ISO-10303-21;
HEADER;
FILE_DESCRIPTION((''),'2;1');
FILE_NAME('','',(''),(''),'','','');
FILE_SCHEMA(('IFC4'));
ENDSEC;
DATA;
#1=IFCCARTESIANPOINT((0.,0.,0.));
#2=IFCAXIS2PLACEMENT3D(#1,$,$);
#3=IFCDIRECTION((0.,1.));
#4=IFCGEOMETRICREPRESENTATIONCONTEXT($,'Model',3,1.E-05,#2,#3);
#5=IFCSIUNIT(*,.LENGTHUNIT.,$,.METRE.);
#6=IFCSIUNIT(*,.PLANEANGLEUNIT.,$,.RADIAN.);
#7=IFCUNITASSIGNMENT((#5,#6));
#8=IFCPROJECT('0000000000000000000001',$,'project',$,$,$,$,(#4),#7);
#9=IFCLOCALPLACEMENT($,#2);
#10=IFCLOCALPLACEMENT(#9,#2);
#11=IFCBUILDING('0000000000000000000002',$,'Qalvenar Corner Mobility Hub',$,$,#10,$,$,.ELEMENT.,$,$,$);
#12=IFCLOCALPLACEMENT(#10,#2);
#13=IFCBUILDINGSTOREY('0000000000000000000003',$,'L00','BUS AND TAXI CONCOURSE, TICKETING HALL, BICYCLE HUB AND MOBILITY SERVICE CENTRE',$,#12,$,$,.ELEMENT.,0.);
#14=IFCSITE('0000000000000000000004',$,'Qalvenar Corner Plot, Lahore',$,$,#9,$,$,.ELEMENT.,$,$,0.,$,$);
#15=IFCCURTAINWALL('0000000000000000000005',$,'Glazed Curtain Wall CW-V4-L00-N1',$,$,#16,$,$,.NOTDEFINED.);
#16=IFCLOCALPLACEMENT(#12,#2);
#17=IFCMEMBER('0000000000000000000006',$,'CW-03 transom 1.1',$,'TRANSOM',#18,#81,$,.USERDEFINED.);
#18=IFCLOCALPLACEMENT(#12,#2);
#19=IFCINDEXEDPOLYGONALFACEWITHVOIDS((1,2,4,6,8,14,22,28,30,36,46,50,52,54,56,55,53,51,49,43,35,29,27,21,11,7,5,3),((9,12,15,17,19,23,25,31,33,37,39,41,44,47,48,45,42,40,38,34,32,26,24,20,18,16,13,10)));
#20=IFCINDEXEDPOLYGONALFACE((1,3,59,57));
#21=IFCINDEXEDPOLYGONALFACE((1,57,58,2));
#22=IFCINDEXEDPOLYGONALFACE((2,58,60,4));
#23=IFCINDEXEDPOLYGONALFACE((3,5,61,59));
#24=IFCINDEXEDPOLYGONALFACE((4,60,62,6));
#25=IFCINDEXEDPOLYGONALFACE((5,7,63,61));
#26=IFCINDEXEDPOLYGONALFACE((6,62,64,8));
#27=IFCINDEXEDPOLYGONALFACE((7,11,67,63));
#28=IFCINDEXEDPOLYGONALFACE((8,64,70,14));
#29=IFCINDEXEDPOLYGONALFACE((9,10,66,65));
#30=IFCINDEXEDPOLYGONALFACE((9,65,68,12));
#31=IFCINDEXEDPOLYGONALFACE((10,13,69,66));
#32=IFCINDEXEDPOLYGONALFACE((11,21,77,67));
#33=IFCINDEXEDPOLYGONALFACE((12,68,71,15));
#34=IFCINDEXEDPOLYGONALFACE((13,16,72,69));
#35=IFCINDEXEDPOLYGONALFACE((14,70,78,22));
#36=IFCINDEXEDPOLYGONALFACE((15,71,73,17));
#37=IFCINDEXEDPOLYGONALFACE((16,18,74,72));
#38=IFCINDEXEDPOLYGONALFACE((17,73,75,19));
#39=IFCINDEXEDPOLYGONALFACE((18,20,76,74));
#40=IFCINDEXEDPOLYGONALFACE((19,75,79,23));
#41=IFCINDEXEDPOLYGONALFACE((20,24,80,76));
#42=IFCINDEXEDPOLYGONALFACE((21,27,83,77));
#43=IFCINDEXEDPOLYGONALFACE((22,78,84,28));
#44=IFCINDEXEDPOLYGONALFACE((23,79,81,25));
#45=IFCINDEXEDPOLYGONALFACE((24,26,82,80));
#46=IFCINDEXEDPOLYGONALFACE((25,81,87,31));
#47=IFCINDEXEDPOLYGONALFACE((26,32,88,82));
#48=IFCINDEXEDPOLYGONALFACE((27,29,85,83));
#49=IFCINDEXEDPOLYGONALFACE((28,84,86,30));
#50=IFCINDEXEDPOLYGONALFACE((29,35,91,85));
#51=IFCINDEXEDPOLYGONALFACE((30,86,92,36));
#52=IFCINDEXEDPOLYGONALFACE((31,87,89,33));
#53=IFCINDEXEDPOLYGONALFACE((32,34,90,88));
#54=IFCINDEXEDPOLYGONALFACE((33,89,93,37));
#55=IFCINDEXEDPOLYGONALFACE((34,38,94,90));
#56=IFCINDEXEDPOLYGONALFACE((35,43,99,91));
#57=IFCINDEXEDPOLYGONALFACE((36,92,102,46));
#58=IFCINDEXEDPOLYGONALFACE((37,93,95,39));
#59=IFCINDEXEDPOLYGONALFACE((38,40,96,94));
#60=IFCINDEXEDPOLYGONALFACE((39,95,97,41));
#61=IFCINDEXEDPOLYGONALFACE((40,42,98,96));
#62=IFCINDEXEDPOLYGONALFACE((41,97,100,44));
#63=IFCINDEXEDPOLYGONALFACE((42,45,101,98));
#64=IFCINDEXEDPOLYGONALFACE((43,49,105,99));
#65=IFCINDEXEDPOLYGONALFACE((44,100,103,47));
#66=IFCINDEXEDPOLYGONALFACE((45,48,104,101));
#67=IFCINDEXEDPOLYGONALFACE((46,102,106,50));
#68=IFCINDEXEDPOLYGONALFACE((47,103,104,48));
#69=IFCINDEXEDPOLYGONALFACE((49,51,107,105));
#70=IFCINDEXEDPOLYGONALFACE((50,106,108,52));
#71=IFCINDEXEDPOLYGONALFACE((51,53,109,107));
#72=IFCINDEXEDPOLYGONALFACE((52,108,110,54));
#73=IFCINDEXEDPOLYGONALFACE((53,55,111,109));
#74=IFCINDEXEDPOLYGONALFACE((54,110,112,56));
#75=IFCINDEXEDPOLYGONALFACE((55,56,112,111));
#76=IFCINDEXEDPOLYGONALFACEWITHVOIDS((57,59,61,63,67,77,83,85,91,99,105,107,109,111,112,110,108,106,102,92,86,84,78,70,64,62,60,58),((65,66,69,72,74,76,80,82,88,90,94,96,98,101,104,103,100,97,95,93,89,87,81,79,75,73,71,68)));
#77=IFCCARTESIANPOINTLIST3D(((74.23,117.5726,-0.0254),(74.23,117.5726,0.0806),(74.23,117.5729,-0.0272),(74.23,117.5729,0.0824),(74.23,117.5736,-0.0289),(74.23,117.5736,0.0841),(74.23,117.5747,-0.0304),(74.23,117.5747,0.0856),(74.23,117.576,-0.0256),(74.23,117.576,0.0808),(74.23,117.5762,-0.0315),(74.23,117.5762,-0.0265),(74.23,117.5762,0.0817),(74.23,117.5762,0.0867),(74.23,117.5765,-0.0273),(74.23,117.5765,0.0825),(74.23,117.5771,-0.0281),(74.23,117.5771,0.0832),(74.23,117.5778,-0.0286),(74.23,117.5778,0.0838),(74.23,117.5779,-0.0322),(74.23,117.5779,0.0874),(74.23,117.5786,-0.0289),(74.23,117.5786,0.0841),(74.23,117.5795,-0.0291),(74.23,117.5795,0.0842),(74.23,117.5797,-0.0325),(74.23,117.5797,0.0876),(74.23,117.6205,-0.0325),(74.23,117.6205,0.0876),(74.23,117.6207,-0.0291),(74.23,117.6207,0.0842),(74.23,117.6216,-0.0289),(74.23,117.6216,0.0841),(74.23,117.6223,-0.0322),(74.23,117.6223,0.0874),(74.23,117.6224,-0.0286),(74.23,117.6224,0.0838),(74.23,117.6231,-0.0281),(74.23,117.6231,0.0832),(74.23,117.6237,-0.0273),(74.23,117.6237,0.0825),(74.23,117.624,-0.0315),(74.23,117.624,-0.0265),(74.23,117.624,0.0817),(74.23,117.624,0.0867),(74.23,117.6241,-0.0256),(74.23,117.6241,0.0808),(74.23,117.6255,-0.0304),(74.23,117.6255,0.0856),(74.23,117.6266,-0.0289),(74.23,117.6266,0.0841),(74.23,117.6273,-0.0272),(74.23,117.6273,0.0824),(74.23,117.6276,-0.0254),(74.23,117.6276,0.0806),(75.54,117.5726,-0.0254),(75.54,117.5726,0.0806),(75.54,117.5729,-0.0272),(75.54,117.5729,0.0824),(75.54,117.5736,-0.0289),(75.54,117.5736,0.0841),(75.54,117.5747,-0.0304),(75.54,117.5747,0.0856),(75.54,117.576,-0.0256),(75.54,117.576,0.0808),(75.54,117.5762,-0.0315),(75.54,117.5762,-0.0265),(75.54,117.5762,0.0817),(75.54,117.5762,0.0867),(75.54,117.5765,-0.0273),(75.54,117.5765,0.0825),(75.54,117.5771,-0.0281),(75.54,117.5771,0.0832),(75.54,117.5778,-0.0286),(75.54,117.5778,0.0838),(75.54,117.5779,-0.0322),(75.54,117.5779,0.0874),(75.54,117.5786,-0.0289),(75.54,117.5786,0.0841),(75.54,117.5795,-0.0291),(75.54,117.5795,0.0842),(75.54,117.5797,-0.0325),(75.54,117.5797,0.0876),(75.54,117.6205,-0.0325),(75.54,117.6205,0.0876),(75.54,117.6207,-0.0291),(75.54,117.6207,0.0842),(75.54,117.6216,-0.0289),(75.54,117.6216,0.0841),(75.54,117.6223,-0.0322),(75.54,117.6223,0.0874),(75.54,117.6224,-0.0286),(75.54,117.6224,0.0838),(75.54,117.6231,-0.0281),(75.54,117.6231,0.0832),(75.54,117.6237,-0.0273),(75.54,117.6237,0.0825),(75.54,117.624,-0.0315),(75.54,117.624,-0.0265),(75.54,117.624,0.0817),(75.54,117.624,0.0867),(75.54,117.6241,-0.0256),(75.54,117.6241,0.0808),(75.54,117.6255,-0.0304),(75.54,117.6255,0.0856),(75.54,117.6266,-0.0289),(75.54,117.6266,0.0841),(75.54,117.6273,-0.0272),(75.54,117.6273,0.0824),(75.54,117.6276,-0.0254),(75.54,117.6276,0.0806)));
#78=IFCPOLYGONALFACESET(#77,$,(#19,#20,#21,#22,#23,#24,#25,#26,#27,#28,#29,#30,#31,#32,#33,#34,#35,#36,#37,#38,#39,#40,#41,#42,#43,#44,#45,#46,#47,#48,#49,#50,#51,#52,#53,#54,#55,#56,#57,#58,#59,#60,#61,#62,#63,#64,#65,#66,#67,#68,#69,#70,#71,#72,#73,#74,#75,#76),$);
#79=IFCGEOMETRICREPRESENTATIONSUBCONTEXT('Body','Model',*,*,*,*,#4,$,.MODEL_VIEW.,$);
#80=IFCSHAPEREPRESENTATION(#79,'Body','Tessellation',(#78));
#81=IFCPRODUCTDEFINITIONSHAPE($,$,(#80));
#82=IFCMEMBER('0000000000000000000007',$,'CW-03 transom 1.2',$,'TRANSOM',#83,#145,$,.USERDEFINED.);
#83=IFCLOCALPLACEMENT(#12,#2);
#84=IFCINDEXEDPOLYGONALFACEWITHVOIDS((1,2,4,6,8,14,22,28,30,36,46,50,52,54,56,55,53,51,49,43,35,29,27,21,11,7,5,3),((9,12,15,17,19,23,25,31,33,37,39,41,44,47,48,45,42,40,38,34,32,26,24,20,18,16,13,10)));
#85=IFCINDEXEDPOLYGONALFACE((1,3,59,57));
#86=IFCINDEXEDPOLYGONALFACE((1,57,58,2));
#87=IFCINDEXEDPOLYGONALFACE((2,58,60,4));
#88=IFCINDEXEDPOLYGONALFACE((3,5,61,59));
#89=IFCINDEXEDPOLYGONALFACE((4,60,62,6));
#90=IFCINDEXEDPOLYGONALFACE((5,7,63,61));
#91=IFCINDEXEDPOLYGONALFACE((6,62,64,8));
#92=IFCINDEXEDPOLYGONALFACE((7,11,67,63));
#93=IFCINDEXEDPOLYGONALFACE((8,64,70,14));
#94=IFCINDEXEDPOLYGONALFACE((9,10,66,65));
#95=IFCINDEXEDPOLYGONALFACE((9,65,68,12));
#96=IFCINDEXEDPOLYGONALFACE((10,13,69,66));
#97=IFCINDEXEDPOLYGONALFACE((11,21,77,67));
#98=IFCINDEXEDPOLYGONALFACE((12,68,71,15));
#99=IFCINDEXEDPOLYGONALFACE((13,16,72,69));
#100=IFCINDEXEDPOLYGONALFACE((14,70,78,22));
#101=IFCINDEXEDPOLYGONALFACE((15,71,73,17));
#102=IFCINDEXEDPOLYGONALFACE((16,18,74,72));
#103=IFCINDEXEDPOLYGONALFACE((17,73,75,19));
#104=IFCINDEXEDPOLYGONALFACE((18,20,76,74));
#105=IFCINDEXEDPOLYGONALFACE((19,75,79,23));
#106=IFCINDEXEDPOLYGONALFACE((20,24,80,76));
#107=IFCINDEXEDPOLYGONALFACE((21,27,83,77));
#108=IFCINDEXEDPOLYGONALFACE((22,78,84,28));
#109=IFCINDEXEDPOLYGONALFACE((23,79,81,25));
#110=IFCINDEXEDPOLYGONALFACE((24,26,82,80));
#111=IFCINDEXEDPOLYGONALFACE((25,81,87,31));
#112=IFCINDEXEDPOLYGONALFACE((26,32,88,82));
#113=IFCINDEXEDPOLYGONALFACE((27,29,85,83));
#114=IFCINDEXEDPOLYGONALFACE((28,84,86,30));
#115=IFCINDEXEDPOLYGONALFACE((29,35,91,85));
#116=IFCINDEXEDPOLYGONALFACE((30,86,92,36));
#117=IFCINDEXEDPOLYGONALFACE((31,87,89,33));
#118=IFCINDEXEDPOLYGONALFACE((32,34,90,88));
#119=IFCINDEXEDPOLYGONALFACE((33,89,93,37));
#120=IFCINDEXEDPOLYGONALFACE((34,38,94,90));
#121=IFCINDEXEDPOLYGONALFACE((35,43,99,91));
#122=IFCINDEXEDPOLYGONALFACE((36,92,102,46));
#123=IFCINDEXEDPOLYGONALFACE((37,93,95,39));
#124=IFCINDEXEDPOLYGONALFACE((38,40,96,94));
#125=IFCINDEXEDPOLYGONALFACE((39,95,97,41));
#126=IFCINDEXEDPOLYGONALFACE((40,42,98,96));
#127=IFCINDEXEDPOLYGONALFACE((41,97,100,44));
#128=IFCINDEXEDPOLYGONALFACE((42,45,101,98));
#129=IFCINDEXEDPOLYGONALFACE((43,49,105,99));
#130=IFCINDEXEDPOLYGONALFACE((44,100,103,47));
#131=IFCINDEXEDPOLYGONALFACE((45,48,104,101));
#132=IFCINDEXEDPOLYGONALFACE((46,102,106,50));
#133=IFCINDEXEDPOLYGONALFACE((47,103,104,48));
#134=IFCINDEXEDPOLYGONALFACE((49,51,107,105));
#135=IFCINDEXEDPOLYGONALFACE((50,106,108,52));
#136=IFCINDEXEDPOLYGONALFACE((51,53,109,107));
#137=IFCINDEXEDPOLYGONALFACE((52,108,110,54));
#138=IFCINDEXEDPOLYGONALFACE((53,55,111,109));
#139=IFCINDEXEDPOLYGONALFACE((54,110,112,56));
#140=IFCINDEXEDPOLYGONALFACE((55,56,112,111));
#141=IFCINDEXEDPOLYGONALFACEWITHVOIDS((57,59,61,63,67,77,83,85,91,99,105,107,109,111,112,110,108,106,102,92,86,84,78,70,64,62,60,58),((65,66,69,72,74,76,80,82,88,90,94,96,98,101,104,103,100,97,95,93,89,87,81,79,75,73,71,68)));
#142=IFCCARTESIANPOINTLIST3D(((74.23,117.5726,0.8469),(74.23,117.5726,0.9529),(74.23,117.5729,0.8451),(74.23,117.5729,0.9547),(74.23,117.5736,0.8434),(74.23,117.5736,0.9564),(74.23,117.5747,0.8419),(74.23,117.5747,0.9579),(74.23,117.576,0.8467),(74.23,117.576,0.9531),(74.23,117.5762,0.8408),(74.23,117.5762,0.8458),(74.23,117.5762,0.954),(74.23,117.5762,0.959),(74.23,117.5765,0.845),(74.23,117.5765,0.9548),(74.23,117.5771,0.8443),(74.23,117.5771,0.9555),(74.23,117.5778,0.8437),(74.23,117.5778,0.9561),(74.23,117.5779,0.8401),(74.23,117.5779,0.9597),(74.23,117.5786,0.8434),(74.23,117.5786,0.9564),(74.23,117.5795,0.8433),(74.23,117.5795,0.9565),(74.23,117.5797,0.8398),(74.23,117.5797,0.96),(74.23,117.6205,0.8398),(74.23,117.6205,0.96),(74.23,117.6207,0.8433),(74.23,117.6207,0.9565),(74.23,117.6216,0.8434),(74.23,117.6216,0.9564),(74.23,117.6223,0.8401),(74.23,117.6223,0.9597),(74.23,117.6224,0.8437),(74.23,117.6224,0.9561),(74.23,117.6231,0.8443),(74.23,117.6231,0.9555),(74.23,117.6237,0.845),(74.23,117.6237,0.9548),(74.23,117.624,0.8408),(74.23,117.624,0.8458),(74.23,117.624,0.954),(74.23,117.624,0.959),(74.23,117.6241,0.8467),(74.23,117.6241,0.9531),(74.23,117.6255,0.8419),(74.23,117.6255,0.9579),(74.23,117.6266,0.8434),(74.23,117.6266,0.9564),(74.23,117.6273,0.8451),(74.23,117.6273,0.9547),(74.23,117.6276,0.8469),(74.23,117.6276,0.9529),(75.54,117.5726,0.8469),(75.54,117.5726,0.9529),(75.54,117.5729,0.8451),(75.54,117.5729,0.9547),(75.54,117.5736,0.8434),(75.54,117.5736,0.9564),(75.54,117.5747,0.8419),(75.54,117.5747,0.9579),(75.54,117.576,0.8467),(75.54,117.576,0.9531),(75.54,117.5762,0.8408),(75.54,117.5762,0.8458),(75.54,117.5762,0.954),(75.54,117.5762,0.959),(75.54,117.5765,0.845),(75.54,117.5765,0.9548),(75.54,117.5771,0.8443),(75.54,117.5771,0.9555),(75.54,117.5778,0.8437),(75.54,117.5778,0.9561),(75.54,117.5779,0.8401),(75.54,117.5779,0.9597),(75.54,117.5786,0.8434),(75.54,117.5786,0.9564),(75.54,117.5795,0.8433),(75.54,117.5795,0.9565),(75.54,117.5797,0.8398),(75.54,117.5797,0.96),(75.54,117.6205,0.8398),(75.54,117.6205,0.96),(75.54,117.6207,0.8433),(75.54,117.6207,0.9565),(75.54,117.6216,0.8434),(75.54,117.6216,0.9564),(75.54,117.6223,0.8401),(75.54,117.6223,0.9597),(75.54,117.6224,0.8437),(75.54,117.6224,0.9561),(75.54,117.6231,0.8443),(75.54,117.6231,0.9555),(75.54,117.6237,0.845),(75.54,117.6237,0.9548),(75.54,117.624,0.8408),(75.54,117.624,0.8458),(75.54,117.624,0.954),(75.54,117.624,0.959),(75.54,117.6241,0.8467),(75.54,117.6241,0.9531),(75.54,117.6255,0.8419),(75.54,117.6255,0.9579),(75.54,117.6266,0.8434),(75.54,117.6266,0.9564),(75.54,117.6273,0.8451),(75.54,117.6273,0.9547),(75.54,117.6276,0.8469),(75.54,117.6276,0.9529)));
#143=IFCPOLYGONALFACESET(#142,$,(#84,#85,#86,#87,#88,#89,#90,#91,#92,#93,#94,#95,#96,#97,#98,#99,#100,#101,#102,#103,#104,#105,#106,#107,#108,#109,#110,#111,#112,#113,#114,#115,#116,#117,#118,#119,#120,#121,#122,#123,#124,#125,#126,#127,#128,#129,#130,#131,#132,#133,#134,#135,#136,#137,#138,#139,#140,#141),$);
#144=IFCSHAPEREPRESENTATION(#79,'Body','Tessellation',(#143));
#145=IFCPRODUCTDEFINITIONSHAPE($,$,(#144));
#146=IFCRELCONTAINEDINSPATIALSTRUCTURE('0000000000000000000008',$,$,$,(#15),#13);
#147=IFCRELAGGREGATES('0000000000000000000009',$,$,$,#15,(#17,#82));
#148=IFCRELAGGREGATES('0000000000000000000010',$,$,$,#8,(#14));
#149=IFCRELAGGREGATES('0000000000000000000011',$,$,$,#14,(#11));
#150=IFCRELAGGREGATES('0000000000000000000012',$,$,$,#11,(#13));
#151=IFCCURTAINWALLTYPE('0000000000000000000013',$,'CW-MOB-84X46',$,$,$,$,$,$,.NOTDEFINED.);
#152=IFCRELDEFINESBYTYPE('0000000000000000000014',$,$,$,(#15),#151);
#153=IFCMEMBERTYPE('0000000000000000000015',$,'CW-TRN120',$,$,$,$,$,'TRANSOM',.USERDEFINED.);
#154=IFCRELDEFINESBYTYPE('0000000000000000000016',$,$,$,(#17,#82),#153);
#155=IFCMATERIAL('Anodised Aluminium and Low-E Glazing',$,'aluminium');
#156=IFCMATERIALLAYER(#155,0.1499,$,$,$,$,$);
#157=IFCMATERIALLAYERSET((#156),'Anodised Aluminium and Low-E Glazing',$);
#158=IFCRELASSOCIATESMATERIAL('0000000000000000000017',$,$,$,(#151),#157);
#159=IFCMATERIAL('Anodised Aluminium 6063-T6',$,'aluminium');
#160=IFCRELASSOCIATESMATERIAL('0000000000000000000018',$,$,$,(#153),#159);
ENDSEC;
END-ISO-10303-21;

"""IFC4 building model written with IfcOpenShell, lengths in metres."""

from ifc_helpers import new_model, si_unit, direction, frame, origin, origin_2d, place, context, subcontext, project, spatial, hollow_rectangle, extrude, material, layer, layer_set, material_profile, profile_set, type_object, element, aggregate, save


model = new_model("IFC4")

# Units and contexts
model_context = context("Model", 3, precision=1e-05, world=origin(), true_north=direction((0.0, 1.0)))
body_context = subcontext(model_context, "Body", "Model", "MODEL_VIEW")
ifc_project = project(units=[si_unit("LENGTHUNIT", "METRE"), si_unit("PLANEANGLEUNIT", "RADIAN")], contexts=[model_context])

# Site, building, storey
site_placement = place(None, origin())
site = spatial("IfcSite", under=ifc_project, at=site_placement, Name="Qalvenar Corner Plot, Lahore", CompositionType="ELEMENT", RefElevation=0.0)
building_placement = place(site_placement, origin())
building = spatial("IfcBuilding", under=site, at=building_placement, Name="Qalvenar Corner Mobility Hub", CompositionType="ELEMENT")
storey_placement = place(building_placement, origin())
storey = spatial("IfcBuildingStorey", under=building, at=storey_placement, Name="L00", Description="BUS AND TAXI CONCOURSE, TICKETING HALL, BICYCLE HUB AND MOBILITY SERVICE CENTRE", CompositionType="ELEMENT", Elevation=0.0)

# Curtain wall, members
ifc_material_1 = material(Name="Anodised Aluminium and Low-E Glazing", Category="aluminium")
ifc_layer_1 = layer(ifc_material_1, 0.1499)
ifc_layer_set_1 = layer_set([ifc_layer_1], Name="Anodised Aluminium and Low-E Glazing")
curtain_wall_type = type_object("IfcCurtainWallType", Name="CW-MOB-84X46", PredefinedType="NOTDEFINED", material=ifc_layer_set_1)
curtain_wall_placement = place(storey_placement, origin())
curtain_wall = element("IfcCurtainWall", 1, at=curtain_wall_placement, inside=storey, type_object=curtain_wall_type, Name="Glazed Curtain Wall CW-V4-L00-N1", PredefinedType="NOTDEFINED")
ifc_material_2 = material(Name="Anodised Aluminium 6063-T6", Category="aluminium")
ifc_material_profile_1 = material_profile(ifc_material_2, hollow_rectangle(XDim=0.0549, YDim=0.1201, WallThickness=0.0034, InnerFilletRadius=0.0034, OuterFilletRadius=0.0071, at=origin_2d()), Name="RHS120x55x3.5")
ifc_profile_set_1 = profile_set([ifc_material_profile_1], Name="Anodised Aluminium 6063-T6")
member_type_1 = type_object("IfcMemberType", Name="CW-TRN120", ElementType="TRANSOM", PredefinedType="USERDEFINED", material=ifc_profile_set_1)
member_1_placement = place(storey_placement, frame((75.54, 117.6001, 0.0276), z_axis=(-1.0, 0.0, 0.0), x_axis=(0.0, -1.0, 0.0)))
member_1 = element("IfcMember", 2, at=member_1_placement, type_object=member_type_1, Name="CW-03 transom 1.1", ObjectType="TRANSOM", PredefinedType="USERDEFINED", context=body_context, shape_type="SweptSolid", body=[
    extrude(hollow_rectangle(XDim=0.0549, YDim=0.1201, WallThickness=0.0034, InnerFilletRadius=0.0034, OuterFilletRadius=0.0071, at=origin_2d()), origin(), (0.0, 0.0, 1.0), 1.3101),
])
member_2_placement = place(storey_placement, frame((75.54, 117.6001, 0.8999), z_axis=(-1.0, 0.0, 0.0), x_axis=(0.0, -1.0, 0.0)))
member_2 = element("IfcMember", 3, at=member_2_placement, type_object=member_type_1, Name="CW-03 transom 1.2", ObjectType="TRANSOM", PredefinedType="USERDEFINED", context=body_context, shape_type="SweptSolid", body=[
    extrude(hollow_rectangle(XDim=0.0549, YDim=0.1201, WallThickness=0.0034, InnerFilletRadius=0.0034, OuterFilletRadius=0.0071, at=origin_2d()), origin(), (0.0, 0.0, 1.0), 1.3101),
])
aggregate(curtain_wall, [member_1, member_2])

save(model, "model.ifc")
